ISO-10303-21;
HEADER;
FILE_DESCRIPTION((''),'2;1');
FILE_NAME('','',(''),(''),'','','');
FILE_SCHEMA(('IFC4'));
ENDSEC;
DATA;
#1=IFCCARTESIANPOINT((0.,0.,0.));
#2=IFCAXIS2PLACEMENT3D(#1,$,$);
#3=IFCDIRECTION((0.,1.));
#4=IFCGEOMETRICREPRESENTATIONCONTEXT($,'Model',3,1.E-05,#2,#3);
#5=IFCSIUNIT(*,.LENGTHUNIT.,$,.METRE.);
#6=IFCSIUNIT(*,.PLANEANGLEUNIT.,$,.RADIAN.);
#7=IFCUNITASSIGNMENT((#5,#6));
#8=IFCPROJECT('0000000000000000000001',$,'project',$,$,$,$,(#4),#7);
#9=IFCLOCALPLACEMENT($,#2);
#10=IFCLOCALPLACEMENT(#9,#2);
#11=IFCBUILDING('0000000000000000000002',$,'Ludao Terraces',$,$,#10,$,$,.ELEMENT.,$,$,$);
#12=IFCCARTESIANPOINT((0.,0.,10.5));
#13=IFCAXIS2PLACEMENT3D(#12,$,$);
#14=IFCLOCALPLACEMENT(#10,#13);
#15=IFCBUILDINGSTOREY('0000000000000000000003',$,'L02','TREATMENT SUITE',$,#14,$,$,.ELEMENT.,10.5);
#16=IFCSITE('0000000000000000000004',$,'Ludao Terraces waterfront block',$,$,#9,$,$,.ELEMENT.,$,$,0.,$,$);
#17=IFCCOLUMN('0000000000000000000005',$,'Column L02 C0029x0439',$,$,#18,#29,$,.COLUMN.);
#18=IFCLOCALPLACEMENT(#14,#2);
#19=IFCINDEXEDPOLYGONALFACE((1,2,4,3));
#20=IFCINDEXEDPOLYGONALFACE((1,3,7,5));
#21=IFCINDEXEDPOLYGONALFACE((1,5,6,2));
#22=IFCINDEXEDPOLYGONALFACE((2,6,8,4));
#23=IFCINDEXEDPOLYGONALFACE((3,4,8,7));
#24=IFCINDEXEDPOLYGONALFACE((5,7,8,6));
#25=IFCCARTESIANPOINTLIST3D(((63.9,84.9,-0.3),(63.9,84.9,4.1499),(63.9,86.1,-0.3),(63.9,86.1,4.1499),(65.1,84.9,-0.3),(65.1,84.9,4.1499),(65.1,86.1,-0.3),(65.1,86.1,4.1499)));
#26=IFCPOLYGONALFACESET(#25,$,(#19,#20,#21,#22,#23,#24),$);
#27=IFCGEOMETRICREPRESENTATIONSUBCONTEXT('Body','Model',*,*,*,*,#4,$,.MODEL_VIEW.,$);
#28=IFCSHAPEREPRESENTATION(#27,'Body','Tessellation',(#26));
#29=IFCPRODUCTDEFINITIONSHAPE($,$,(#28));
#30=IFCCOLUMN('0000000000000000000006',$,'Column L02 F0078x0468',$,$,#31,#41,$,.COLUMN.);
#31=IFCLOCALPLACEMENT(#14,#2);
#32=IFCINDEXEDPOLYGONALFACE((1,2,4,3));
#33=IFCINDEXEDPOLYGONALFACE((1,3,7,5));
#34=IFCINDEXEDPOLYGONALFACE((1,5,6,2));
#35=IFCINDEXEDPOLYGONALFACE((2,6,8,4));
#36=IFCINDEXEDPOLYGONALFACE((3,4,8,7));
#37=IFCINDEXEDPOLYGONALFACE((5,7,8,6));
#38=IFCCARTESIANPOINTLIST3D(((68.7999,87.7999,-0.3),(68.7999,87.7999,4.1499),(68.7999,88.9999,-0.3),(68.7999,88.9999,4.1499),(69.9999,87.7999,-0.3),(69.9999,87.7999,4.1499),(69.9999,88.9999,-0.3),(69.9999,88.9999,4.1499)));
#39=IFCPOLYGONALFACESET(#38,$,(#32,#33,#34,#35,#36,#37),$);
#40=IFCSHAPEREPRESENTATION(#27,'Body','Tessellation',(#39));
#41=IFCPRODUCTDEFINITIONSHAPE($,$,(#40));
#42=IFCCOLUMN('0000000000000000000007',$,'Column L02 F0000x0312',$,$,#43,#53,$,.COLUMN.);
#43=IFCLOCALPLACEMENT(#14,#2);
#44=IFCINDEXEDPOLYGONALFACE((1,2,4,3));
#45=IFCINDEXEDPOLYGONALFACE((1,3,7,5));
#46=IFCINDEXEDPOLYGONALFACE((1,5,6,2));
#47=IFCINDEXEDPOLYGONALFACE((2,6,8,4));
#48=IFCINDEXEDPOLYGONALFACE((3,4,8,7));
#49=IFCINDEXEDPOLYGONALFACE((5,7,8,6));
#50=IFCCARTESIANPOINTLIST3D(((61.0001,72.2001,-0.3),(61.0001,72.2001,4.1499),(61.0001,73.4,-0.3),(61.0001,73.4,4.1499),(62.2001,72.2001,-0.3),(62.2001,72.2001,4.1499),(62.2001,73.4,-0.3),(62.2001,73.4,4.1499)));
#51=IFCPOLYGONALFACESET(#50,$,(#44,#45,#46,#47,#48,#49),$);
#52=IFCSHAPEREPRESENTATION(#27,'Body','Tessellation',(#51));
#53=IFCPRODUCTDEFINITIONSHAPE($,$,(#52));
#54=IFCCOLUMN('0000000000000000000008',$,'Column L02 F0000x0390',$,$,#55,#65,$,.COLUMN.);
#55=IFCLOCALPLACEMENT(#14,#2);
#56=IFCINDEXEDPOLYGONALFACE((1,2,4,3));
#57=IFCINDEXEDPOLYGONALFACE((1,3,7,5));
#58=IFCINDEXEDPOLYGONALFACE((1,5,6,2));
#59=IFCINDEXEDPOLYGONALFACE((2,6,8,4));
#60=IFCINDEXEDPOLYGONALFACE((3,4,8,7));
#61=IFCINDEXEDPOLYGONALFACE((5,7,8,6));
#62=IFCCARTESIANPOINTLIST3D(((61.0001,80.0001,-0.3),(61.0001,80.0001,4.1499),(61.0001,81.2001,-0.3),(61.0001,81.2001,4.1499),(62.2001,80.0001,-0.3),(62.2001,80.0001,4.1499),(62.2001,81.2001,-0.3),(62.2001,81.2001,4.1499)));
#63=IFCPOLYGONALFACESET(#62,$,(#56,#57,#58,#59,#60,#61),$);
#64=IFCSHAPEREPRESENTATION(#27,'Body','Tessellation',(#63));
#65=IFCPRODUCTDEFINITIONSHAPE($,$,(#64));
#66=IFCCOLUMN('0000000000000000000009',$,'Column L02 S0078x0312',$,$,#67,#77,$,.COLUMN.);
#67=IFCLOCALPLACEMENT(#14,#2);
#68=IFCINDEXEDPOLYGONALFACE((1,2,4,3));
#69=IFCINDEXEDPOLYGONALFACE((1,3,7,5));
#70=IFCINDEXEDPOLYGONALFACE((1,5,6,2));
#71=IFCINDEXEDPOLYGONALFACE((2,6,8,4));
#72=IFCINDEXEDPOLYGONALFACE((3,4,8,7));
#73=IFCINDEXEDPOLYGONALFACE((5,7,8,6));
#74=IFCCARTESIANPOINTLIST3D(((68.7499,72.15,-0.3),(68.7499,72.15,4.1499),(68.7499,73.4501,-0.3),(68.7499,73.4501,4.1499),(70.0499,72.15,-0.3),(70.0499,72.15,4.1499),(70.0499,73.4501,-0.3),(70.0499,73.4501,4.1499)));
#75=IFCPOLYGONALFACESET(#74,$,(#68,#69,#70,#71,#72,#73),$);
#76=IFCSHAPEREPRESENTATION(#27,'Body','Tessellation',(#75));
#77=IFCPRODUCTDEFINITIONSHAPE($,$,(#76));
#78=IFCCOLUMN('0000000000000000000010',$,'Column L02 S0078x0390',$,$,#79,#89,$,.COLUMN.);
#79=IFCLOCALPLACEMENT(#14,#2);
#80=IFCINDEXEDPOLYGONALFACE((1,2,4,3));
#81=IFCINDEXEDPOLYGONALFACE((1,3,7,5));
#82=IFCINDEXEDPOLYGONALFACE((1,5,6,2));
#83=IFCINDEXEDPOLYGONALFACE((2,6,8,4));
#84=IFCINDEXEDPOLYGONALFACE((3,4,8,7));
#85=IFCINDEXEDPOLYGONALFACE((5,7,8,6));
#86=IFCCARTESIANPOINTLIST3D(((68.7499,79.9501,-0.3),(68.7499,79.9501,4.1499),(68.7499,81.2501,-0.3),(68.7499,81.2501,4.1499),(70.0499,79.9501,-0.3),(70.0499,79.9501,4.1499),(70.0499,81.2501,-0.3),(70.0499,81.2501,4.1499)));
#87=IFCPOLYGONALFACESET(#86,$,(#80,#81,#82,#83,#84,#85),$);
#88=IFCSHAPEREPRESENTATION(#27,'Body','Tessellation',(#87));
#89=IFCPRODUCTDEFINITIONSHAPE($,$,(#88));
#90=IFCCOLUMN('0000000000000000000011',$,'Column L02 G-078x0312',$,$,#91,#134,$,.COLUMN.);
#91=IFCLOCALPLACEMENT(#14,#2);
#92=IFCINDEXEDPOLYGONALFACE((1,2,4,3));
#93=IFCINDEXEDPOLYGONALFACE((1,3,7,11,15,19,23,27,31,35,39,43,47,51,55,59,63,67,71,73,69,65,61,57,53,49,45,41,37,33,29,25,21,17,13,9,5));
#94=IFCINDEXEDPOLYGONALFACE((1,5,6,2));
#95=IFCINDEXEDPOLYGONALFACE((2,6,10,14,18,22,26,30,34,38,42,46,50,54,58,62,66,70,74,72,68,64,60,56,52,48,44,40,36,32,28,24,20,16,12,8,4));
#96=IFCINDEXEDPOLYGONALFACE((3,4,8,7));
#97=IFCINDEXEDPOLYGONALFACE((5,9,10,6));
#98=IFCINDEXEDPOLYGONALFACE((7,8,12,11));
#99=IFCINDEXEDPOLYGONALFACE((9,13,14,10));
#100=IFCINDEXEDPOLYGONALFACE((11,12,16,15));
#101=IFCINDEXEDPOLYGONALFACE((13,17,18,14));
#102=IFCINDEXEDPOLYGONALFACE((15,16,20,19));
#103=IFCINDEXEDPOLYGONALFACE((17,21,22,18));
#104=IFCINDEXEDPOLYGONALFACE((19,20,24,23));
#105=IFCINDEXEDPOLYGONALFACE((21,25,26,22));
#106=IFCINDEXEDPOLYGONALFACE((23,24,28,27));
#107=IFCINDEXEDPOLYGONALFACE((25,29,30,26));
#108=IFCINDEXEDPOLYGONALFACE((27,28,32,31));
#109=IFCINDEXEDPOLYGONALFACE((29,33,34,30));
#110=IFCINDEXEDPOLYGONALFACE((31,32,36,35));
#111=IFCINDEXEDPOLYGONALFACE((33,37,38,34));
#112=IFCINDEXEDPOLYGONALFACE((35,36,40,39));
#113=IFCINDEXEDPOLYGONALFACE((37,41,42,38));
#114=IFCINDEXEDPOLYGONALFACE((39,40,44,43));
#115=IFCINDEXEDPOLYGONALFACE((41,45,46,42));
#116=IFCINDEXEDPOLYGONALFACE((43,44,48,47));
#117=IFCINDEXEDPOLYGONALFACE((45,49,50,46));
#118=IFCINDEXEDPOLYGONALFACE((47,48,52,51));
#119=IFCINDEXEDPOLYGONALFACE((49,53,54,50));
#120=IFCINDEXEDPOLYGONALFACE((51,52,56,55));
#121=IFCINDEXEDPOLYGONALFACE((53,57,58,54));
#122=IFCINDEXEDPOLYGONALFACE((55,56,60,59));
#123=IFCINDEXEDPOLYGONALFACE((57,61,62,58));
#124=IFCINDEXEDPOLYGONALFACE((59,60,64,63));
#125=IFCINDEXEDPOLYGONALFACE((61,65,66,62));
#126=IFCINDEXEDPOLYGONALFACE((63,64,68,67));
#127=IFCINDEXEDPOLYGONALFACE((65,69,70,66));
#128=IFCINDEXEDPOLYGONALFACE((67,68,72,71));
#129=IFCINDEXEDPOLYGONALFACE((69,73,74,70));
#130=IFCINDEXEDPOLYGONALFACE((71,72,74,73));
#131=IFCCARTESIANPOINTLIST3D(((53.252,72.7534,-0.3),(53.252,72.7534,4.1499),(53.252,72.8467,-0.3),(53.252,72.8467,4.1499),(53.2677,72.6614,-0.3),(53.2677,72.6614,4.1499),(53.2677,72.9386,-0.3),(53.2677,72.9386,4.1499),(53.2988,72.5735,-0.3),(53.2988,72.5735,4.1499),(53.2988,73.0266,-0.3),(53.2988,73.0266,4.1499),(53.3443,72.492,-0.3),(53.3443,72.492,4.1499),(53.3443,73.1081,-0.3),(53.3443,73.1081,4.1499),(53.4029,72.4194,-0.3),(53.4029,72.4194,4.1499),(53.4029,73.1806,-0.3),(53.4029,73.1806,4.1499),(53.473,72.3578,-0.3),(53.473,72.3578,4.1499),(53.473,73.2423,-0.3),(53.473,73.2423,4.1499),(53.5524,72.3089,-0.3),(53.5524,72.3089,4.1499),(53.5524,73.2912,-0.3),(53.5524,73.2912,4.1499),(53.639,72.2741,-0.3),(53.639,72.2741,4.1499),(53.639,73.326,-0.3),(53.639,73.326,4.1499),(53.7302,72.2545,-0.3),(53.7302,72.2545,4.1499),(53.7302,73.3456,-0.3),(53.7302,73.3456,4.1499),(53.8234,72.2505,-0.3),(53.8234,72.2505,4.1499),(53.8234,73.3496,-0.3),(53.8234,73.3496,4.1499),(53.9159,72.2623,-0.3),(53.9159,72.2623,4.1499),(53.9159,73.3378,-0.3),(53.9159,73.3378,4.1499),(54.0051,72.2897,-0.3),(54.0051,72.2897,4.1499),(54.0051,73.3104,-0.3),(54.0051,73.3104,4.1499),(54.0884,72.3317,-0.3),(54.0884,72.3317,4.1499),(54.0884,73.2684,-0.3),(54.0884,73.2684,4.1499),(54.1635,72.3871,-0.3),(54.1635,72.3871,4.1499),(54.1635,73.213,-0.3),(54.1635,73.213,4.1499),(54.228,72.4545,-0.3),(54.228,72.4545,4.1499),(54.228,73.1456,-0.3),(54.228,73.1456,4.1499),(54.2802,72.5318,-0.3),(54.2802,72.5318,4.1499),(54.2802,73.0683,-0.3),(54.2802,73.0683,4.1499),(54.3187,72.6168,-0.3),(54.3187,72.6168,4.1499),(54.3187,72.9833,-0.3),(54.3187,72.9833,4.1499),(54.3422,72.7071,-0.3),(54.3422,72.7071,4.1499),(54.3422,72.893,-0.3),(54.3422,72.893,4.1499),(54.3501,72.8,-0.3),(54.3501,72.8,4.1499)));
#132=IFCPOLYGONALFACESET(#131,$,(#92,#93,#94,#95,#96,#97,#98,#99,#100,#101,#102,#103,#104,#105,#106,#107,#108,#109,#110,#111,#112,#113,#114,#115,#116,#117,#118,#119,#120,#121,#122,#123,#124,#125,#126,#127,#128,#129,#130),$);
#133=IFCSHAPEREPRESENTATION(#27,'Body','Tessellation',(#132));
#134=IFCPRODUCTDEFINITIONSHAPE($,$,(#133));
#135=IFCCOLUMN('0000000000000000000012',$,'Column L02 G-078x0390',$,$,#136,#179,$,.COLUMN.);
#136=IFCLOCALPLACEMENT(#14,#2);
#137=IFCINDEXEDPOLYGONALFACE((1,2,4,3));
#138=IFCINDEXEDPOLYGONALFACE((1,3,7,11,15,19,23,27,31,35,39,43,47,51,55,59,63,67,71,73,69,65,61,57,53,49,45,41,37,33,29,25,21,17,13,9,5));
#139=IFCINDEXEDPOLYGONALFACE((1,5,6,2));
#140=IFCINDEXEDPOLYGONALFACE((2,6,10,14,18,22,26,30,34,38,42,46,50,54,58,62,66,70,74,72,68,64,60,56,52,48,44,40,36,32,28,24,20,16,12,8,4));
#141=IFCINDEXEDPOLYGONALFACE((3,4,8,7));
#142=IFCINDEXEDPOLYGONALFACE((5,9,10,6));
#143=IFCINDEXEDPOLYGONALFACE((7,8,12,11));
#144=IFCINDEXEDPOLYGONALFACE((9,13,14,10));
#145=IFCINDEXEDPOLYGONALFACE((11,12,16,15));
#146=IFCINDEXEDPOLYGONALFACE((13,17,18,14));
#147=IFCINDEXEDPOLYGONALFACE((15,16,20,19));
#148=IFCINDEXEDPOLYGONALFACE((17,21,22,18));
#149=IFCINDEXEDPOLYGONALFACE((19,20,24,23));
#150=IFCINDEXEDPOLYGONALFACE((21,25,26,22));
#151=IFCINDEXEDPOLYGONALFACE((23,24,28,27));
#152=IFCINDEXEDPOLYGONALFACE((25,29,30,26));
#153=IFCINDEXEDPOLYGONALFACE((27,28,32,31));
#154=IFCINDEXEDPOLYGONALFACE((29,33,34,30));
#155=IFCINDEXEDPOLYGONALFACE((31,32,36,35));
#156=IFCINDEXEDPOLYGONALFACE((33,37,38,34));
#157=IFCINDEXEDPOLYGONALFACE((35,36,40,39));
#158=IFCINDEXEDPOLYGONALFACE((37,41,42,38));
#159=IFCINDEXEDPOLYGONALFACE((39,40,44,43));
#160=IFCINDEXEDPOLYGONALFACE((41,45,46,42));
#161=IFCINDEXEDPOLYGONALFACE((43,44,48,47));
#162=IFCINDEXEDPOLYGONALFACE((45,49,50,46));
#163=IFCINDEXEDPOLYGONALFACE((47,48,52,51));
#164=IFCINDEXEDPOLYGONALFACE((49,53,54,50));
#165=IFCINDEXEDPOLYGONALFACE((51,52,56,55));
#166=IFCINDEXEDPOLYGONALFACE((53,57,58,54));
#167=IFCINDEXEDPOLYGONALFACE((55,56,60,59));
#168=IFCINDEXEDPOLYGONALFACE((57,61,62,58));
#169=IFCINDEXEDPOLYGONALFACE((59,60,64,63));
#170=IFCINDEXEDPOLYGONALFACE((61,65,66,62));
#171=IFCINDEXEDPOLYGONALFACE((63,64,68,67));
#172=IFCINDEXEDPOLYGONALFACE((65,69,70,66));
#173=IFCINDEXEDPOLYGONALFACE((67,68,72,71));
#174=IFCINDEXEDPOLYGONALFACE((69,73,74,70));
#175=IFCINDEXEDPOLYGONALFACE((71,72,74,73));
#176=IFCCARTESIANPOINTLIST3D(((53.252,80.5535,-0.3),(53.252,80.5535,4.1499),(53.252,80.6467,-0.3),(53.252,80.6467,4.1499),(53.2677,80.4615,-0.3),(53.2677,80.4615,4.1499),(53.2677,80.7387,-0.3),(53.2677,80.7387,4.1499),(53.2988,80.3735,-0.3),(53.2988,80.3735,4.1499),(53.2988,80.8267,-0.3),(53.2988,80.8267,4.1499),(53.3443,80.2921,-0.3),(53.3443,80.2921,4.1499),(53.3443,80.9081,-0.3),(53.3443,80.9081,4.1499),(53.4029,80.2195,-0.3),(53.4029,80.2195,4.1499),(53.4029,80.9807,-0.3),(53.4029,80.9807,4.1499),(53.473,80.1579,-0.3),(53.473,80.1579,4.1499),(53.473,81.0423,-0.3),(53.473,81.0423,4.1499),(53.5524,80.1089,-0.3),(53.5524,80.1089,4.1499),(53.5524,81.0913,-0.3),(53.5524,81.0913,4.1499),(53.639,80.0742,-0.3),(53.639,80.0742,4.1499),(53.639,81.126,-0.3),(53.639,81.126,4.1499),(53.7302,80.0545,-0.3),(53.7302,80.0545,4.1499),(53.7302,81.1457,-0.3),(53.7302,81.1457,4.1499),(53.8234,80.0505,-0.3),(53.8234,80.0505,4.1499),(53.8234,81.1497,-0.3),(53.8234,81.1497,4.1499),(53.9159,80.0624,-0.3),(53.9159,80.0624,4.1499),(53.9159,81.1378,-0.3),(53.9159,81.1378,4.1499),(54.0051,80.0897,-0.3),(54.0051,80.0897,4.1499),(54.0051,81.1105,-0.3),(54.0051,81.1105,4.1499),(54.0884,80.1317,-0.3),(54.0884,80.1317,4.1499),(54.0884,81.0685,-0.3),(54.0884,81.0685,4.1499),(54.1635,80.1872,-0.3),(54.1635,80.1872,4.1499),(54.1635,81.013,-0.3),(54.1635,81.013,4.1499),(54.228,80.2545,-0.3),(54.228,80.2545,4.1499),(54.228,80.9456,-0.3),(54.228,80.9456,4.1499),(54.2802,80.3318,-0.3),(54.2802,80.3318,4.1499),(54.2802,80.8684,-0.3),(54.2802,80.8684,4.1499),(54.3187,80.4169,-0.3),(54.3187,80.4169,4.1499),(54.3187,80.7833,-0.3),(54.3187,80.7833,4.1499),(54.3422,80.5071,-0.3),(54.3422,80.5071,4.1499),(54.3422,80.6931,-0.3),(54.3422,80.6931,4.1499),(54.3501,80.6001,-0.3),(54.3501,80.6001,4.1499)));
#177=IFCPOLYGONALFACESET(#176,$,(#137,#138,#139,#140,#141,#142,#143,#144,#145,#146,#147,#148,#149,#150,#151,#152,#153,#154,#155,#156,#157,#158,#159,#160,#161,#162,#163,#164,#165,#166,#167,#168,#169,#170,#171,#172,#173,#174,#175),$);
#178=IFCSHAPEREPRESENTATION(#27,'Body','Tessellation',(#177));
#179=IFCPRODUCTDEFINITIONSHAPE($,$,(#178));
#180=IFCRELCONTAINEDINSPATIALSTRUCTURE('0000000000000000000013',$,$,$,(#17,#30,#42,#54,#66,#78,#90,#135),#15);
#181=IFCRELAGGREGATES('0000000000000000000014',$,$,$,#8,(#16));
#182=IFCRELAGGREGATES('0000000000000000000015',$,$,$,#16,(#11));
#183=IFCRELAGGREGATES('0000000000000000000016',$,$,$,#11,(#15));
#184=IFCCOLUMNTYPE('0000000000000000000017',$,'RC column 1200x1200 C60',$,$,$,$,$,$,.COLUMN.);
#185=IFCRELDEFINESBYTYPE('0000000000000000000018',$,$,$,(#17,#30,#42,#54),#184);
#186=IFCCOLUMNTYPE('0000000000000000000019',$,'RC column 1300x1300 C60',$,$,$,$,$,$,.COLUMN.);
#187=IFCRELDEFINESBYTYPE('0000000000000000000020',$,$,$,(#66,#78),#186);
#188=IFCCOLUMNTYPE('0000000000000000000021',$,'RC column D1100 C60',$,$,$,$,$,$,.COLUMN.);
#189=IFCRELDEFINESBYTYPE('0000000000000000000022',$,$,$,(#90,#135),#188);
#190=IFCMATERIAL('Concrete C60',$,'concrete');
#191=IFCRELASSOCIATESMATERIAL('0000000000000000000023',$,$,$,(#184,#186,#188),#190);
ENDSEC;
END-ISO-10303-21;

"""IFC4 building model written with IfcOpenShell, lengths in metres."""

from ifc_helpers import new_model, si_unit, direction, frame, origin, origin_2d, place, context, subcontext, project, spatial, rectangle, circle, extrude, material, material_profile, profile_set, type_object, element, save


model = new_model("IFC4")

# Units and contexts
model_context = context("Model", 3, precision=1e-05, world=origin(), true_north=direction((0.0, 1.0)))
body_context = subcontext(model_context, "Body", "Model", "MODEL_VIEW")
ifc_project = project(units=[si_unit("LENGTHUNIT", "METRE"), si_unit("PLANEANGLEUNIT", "RADIAN")], contexts=[model_context])

# Site, building, storey
site_placement = place(None, origin())
site = spatial("IfcSite", under=ifc_project, at=site_placement, Name="Ludao Terraces waterfront block", CompositionType="ELEMENT", RefElevation=0.0)
building_placement = place(site_placement, origin())
building = spatial("IfcBuilding", under=site, at=building_placement, Name="Ludao Terraces", CompositionType="ELEMENT")
storey_placement = place(building_placement, frame((0.0, 0.0, 10.5)))
storey = spatial("IfcBuildingStorey", under=building, at=storey_placement, Name="L02", Description="TREATMENT SUITE", CompositionType="ELEMENT", Elevation=10.5)

# Columns
ifc_material_1 = material(Name="Concrete C60", Category="concrete")
ifc_material_profile_1 = material_profile(ifc_material_1, rectangle(XDim=1.2, YDim=1.2, at=origin_2d()), Name="1200 X 1200")
ifc_profile_set_1 = profile_set([ifc_material_profile_1], Name="Concrete C60")
column_type_1 = type_object("IfcColumnType", Name="RC column 1200x1200 C60", PredefinedType="COLUMN", material=ifc_profile_set_1)
for number, where, z_axis, x_axis, name in (
    (1, (64.5, 85.5, -0.3), (0.0, 0.0, 1.0), (1.0, 0.0, 0.0), "Column L02 C0029x0439"),
    (2, (69.3999, 88.3999, -0.3), (0.0, 0.0, 1.0), (1.0, 0.0, 0.0), "Column L02 F0078x0468"),
    (3, (61.6001, 72.8, -0.3), (0.0, 0.0, 1.0), (1.0, 0.0, 0.0), "Column L02 F0000x0312"),
    (4, (61.6001, 80.6001, -0.3), (0.0, 0.0, 1.0), (1.0, 0.0, 0.0), "Column L02 F0000x0390"),
):
    element("IfcColumn", number, at=place(storey_placement, frame(where, z_axis=z_axis, x_axis=x_axis)), inside=storey, type_object=column_type_1, Name=name, PredefinedType="COLUMN", context=body_context, shape_type="SweptSolid", body=[
        extrude(rectangle(XDim=1.2, YDim=1.2, at=origin_2d()), origin(), (0.0, 0.0, 1.0), 4.45),
    ])
ifc_material_profile_2 = material_profile(ifc_material_1, rectangle(XDim=1.3, YDim=1.3, at=origin_2d()), Name="1300 X 1300")
ifc_profile_set_2 = profile_set([ifc_material_profile_2], Name="Concrete C60")
column_type_2 = type_object("IfcColumnType", Name="RC column 1300x1300 C60", PredefinedType="COLUMN", material=ifc_profile_set_2)
for number, where, z_axis, x_axis, name in (
    (5, (69.3999, 72.8, -0.3), (0.0, 0.0, 1.0), (1.0, 0.0, 0.0), "Column L02 S0078x0312"),
    (6, (69.3999, 80.6001, -0.3), (0.0, 0.0, 1.0), (1.0, 0.0, 0.0), "Column L02 S0078x0390"),
):
    element("IfcColumn", number, at=place(storey_placement, frame(where, z_axis=z_axis, x_axis=x_axis)), inside=storey, type_object=column_type_2, Name=name, PredefinedType="COLUMN", context=body_context, shape_type="SweptSolid", body=[
        extrude(rectangle(XDim=1.3, YDim=1.3, at=origin_2d()), origin(), (0.0, 0.0, 1.0), 4.45),
    ])
ifc_material_profile_3 = material_profile(ifc_material_1, circle(Radius=0.55, at=origin_2d()), Name="D1100")
ifc_profile_set_3 = profile_set([ifc_material_profile_3], Name="Concrete C60")
column_type_3 = type_object("IfcColumnType", Name="RC column D1100 C60", PredefinedType="COLUMN", material=ifc_profile_set_3)
for number, where, z_axis, x_axis, name in (
    (7, (53.8, 72.8, -0.3), (0.0, 0.0, 1.0), (1.0, 0.0, 0.0), "Column L02 G-078x0312"),
    (8, (53.8, 80.6001, -0.3), (0.0, 0.0, 1.0), (1.0, 0.0, 0.0), "Column L02 G-078x0390"),
):
    element("IfcColumn", number, at=place(storey_placement, frame(where, z_axis=z_axis, x_axis=x_axis)), inside=storey, type_object=column_type_3, Name=name, PredefinedType="COLUMN", context=body_context, shape_type="SweptSolid", body=[
        extrude(circle(Radius=0.55, at=origin_2d()), origin(), (0.0, 0.0, 1.0), 4.45),
    ])

save(model, "model.ifc")
